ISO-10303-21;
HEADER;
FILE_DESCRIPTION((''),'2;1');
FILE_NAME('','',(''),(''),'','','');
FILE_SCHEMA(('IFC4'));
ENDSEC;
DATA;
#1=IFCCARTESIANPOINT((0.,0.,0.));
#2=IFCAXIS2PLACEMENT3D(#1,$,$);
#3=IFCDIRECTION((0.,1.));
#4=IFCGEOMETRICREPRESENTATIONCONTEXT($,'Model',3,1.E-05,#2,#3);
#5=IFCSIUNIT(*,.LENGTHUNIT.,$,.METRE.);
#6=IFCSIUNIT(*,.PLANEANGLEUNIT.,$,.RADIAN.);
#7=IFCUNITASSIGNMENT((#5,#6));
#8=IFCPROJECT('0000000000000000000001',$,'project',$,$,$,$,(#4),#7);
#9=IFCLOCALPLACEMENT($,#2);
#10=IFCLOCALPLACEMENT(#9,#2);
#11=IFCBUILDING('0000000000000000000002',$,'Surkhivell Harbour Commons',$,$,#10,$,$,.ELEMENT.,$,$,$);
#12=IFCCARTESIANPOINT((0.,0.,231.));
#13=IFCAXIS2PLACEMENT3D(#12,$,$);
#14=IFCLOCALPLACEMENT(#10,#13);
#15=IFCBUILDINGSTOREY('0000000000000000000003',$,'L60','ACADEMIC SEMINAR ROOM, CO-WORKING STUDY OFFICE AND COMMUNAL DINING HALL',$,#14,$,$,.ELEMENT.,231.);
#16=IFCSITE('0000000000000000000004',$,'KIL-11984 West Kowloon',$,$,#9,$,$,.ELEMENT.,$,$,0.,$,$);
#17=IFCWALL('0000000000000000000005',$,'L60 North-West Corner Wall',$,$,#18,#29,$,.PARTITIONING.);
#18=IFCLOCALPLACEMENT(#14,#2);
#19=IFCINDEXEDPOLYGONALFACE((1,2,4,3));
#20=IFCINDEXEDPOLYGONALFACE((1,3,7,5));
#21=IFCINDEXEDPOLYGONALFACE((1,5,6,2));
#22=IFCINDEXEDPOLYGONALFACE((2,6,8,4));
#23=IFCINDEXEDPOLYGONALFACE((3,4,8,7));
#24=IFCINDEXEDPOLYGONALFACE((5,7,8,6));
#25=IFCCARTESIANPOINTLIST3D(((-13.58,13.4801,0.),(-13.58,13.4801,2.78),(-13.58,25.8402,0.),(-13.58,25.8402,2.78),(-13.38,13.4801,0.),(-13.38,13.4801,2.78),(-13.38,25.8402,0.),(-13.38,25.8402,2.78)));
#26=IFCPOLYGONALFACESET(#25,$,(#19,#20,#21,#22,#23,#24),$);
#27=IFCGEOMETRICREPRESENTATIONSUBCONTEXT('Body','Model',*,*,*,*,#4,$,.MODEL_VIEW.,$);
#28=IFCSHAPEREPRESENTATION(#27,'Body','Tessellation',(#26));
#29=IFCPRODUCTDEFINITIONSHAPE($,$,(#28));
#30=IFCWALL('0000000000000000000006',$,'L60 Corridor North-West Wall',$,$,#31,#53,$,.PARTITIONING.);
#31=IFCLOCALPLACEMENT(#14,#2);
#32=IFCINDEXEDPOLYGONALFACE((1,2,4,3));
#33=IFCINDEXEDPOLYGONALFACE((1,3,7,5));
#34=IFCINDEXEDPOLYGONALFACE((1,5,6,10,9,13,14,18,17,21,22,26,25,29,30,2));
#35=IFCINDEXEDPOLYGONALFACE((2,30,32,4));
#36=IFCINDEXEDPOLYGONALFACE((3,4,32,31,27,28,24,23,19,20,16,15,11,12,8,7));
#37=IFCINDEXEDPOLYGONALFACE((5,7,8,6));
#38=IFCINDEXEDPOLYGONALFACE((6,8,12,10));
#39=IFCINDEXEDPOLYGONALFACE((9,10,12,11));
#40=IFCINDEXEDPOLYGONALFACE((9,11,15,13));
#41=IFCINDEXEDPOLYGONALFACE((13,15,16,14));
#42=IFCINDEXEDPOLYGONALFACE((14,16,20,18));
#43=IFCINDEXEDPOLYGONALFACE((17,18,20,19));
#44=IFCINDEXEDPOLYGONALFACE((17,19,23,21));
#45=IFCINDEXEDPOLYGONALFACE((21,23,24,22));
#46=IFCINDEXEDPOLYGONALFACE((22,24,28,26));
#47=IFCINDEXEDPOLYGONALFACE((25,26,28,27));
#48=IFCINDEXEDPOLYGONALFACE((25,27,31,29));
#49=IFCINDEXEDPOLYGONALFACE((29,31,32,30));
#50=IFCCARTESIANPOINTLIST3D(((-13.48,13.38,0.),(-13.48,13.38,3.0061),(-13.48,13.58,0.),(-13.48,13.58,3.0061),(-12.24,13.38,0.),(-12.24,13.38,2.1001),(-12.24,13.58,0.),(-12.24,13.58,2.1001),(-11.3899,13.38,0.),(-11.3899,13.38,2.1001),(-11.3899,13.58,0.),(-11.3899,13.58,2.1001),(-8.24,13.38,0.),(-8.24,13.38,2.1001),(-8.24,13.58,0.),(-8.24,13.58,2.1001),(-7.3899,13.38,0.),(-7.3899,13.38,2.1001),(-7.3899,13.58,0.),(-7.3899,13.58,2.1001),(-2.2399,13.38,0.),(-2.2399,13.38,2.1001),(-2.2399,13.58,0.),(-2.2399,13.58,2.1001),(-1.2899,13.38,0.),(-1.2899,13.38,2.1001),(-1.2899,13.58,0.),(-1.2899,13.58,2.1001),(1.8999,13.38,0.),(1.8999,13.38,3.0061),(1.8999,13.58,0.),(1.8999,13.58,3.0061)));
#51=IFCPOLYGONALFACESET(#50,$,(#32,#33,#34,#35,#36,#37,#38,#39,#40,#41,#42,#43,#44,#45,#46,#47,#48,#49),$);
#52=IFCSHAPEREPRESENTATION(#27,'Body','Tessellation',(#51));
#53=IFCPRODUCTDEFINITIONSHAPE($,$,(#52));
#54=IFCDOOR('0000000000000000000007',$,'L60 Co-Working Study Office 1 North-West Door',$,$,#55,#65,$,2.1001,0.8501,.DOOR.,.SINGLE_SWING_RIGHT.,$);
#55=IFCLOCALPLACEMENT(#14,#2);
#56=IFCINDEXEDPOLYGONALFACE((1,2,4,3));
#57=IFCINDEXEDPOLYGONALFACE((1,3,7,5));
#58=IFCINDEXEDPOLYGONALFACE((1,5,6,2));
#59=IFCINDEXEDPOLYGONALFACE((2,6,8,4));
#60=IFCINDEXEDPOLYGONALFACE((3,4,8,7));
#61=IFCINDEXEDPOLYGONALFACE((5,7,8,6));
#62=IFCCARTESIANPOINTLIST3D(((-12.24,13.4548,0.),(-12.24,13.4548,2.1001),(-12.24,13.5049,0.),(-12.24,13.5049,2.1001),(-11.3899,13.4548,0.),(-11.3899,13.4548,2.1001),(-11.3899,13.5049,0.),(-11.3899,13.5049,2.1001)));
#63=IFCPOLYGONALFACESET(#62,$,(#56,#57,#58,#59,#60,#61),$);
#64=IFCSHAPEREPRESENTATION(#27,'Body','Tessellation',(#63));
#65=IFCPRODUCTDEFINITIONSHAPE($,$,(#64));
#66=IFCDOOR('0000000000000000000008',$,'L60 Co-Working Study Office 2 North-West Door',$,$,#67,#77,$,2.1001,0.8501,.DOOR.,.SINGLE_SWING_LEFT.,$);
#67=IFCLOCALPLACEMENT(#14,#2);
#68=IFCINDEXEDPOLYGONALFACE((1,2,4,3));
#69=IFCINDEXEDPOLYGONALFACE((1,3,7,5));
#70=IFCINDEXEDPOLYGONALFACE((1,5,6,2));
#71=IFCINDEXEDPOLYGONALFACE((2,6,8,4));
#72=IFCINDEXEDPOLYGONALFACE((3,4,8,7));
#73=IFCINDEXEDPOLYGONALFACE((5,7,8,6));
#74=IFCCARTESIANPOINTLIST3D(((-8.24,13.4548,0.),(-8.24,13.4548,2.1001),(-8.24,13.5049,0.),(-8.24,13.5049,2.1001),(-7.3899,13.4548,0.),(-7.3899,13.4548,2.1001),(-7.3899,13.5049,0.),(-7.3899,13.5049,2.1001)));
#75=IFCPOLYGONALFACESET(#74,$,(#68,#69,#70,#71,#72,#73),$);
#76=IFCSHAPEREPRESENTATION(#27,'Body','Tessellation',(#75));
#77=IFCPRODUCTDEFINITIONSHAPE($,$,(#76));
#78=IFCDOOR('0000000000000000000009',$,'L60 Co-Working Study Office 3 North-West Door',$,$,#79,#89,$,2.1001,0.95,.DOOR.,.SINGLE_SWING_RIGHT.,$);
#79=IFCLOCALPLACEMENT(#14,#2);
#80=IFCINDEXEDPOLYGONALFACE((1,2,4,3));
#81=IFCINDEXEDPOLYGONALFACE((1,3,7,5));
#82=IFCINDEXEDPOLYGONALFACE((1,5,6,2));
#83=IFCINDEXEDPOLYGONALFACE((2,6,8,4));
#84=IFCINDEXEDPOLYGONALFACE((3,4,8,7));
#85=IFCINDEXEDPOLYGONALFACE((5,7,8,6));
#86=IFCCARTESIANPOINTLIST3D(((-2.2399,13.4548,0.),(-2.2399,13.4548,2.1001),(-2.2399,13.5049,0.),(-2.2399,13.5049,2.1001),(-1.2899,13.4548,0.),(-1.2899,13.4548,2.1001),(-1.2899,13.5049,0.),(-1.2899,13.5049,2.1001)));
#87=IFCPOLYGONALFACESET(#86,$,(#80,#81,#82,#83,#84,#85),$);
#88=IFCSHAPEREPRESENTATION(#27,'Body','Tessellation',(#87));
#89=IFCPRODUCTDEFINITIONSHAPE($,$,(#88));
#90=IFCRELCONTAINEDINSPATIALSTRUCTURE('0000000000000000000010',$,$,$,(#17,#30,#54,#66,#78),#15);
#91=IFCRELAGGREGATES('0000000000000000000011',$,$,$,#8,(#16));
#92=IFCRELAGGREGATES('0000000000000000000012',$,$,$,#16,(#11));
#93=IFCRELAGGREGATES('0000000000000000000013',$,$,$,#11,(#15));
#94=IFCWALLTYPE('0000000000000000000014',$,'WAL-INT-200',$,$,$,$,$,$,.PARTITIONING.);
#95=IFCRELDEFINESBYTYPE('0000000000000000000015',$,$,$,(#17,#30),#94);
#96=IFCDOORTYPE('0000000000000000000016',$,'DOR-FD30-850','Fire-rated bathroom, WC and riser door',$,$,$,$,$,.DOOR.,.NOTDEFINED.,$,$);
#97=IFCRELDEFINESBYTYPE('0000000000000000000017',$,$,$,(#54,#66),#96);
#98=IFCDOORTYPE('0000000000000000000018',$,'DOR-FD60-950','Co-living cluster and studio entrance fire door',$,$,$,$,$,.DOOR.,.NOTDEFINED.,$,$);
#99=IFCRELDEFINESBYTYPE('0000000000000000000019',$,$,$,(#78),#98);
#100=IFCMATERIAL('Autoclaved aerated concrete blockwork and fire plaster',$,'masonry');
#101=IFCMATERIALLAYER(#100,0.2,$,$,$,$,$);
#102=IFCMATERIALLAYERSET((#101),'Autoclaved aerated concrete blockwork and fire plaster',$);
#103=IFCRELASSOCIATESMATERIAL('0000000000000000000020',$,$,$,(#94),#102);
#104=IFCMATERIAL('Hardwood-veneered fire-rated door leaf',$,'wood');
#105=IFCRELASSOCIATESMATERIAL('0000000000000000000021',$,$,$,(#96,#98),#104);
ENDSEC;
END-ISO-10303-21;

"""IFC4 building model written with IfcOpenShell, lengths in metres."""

from ifc_helpers import new_model, si_unit, direction, frame, frame_2d, origin, place, context, subcontext, project, spatial, rectangle, extrude, material, layer, layer_set, type_object, element, fill, save


model = new_model("IFC4")

# Units and contexts
model_context = context("Model", 3, precision=1e-05, world=origin(), true_north=direction((0.0, 1.0)))
body_context = subcontext(model_context, "Body", "Model", "MODEL_VIEW")
ifc_project = project(units=[si_unit("LENGTHUNIT", "METRE"), si_unit("PLANEANGLEUNIT", "RADIAN")], contexts=[model_context])

# Site, building, storey
site_placement = place(None, origin())
site = spatial("IfcSite", under=ifc_project, at=site_placement, Name="KIL-11984 West Kowloon", CompositionType="ELEMENT", RefElevation=0.0)
building_placement = place(site_placement, origin())
building = spatial("IfcBuilding", under=site, at=building_placement, Name="Surkhivell Harbour Commons", CompositionType="ELEMENT")
storey_placement = place(building_placement, frame((0.0, 0.0, 231.0)))
storey = spatial("IfcBuildingStorey", under=building, at=storey_placement, Name="L60", Description="ACADEMIC SEMINAR ROOM, CO-WORKING STUDY OFFICE AND COMMUNAL DINING HALL", CompositionType="ELEMENT", Elevation=231.0)

# Shared definitions
ifc_material_1 = material(Name="Hardwood-veneered fire-rated door leaf", Category="wood")

# Wall
ifc_material_2 = material(Name="Autoclaved aerated concrete blockwork and fire plaster", Category="masonry")
ifc_layer_1 = layer(ifc_material_2, 0.2)
ifc_layer_set_1 = layer_set([ifc_layer_1], Name="Autoclaved aerated concrete blockwork and fire plaster")
wall_type_1 = type_object("IfcWallType", Name="WAL-INT-200", PredefinedType="PARTITIONING", material=ifc_layer_set_1)
wall_1_placement = place(storey_placement, frame((-13.48, 13.48, 0.0), z_axis=(0.0, 0.0, 1.0), x_axis=(0.0, 1.0, 0.0)))
element("IfcWall", 1, at=wall_1_placement, inside=storey, type_object=wall_type_1, Name="L60 North-West Corner Wall", PredefinedType="PARTITIONING", context=body_context, shape_type="SweptSolid", body=[
    extrude(rectangle(XDim=12.3601, YDim=0.2, at=frame_2d((6.1802, 0.0))), origin(), (0.0, 0.0, 1.0), 2.78),
])

# Wall, openings, doors
wall_2_placement = place(storey_placement, frame((-13.48, 13.48, 0.0), z_axis=(0.0, 0.0, 1.0), x_axis=(1.0, 0.0, 0.0)))
wall_2 = element("IfcWall", 2, at=wall_2_placement, inside=storey, type_object=wall_type_1, Name="L60 Corridor North-West Wall", PredefinedType="PARTITIONING", context=body_context, shape_type="SweptSolid", body=[
    extrude(rectangle(XDim=15.3799, YDim=0.2, at=frame_2d((7.6899, 0.0))), origin(), (0.0, 0.0, 1.0), 3.0061),
])
opening_1_placement = place(wall_2_placement, frame((1.24, 0.0, 0.0)))
opening_1 = element("IfcOpeningElement", 3, at=opening_1_placement, cuts=wall_2, PredefinedType="OPENING", context=body_context, shape_type="SweptSolid", body=[
    extrude(rectangle(XDim=0.8501, YDim=2.1001, at=frame_2d((0.425, 1.05))), frame((0.0, 0.1099, 0.0), z_axis=(0.0, -1.0, 0.0), x_axis=(1.0, 0.0, 0.0)), (0.0, 0.0, 1.0), 0.22),
])
opening_2_placement = place(wall_2_placement, frame((5.24, 0.0, 0.0)))
opening_2 = element("IfcOpeningElement", 4, at=opening_2_placement, cuts=wall_2, PredefinedType="OPENING", context=body_context, shape_type="SweptSolid", body=[
    extrude(rectangle(XDim=0.8501, YDim=2.1001, at=frame_2d((0.425, 1.05))), frame((0.0, 0.1099, 0.0), z_axis=(0.0, -1.0, 0.0), x_axis=(1.0, 0.0, 0.0)), (0.0, 0.0, 1.0), 0.22),
])
opening_3_placement = place(wall_2_placement, frame((11.24, 0.0, 0.0)))
opening_3 = element("IfcOpeningElement", 5, at=opening_3_placement, cuts=wall_2, PredefinedType="OPENING", context=body_context, shape_type="SweptSolid", body=[
    extrude(rectangle(XDim=0.95, YDim=2.1001, at=frame_2d((0.4751, 1.05))), frame((0.0, 0.1099, 0.0), z_axis=(0.0, -1.0, 0.0), x_axis=(1.0, 0.0, 0.0)), (0.0, 0.0, 1.0), 0.22),
])
door_type_1 = type_object("IfcDoorType", Name="DOR-FD30-850", Description="Fire-rated bathroom, WC and riser door", OperationType="NOTDEFINED", PredefinedType="DOOR", material=ifc_material_1)
door_1_placement = place(opening_1_placement, origin())
door_1 = element("IfcDoor", 6, at=door_1_placement, inside=storey, type_object=door_type_1, Name="L60 Co-Working Study Office 1 North-West Door", OperationType="SINGLE_SWING_RIGHT", OverallHeight=2.1001, OverallWidth=0.8501, PredefinedType="DOOR", context=body_context, shape_type="SweptSolid", body=[
    extrude(rectangle(XDim=0.8501, YDim=2.1001, at=frame_2d((0.425, 1.05))), frame((0.0, 0.0249, 0.0), z_axis=(0.0, -1.0, 0.0), x_axis=(1.0, 0.0, 0.0)), (0.0, 0.0, 1.0), 0.05),
])
fill(opening_1, door_1)
door_2_placement = place(opening_2_placement, origin())
door_2 = element("IfcDoor", 7, at=door_2_placement, inside=storey, type_object=door_type_1, Name="L60 Co-Working Study Office 2 North-West Door", OperationType="SINGLE_SWING_LEFT", OverallHeight=2.1001, OverallWidth=0.8501, PredefinedType="DOOR", context=body_context, shape_type="SweptSolid", body=[
    extrude(rectangle(XDim=0.8501, YDim=2.1001, at=frame_2d((0.425, 1.05))), frame((0.0, 0.0249, 0.0), z_axis=(0.0, -1.0, 0.0), x_axis=(1.0, 0.0, 0.0)), (0.0, 0.0, 1.0), 0.05),
])
fill(opening_2, door_2)
door_type_2 = type_object("IfcDoorType", Name="DOR-FD60-950", Description="Co-living cluster and studio entrance fire door", OperationType="NOTDEFINED", PredefinedType="DOOR", material=ifc_material_1)
door_3_placement = place(opening_3_placement, origin())
door_3 = element("IfcDoor", 8, at=door_3_placement, inside=storey, type_object=door_type_2, Name="L60 Co-Working Study Office 3 North-West Door", OperationType="SINGLE_SWING_RIGHT", OverallHeight=2.1001, OverallWidth=0.95, PredefinedType="DOOR", context=body_context, shape_type="SweptSolid", body=[
    extrude(rectangle(XDim=0.95, YDim=2.1001, at=frame_2d((0.4751, 1.05))), frame((0.0, 0.0249, 0.0), z_axis=(0.0, -1.0, 0.0), x_axis=(1.0, 0.0, 0.0)), (0.0, 0.0, 1.0), 0.05),
])
fill(opening_3, door_3)

save(model, "model.ifc")
